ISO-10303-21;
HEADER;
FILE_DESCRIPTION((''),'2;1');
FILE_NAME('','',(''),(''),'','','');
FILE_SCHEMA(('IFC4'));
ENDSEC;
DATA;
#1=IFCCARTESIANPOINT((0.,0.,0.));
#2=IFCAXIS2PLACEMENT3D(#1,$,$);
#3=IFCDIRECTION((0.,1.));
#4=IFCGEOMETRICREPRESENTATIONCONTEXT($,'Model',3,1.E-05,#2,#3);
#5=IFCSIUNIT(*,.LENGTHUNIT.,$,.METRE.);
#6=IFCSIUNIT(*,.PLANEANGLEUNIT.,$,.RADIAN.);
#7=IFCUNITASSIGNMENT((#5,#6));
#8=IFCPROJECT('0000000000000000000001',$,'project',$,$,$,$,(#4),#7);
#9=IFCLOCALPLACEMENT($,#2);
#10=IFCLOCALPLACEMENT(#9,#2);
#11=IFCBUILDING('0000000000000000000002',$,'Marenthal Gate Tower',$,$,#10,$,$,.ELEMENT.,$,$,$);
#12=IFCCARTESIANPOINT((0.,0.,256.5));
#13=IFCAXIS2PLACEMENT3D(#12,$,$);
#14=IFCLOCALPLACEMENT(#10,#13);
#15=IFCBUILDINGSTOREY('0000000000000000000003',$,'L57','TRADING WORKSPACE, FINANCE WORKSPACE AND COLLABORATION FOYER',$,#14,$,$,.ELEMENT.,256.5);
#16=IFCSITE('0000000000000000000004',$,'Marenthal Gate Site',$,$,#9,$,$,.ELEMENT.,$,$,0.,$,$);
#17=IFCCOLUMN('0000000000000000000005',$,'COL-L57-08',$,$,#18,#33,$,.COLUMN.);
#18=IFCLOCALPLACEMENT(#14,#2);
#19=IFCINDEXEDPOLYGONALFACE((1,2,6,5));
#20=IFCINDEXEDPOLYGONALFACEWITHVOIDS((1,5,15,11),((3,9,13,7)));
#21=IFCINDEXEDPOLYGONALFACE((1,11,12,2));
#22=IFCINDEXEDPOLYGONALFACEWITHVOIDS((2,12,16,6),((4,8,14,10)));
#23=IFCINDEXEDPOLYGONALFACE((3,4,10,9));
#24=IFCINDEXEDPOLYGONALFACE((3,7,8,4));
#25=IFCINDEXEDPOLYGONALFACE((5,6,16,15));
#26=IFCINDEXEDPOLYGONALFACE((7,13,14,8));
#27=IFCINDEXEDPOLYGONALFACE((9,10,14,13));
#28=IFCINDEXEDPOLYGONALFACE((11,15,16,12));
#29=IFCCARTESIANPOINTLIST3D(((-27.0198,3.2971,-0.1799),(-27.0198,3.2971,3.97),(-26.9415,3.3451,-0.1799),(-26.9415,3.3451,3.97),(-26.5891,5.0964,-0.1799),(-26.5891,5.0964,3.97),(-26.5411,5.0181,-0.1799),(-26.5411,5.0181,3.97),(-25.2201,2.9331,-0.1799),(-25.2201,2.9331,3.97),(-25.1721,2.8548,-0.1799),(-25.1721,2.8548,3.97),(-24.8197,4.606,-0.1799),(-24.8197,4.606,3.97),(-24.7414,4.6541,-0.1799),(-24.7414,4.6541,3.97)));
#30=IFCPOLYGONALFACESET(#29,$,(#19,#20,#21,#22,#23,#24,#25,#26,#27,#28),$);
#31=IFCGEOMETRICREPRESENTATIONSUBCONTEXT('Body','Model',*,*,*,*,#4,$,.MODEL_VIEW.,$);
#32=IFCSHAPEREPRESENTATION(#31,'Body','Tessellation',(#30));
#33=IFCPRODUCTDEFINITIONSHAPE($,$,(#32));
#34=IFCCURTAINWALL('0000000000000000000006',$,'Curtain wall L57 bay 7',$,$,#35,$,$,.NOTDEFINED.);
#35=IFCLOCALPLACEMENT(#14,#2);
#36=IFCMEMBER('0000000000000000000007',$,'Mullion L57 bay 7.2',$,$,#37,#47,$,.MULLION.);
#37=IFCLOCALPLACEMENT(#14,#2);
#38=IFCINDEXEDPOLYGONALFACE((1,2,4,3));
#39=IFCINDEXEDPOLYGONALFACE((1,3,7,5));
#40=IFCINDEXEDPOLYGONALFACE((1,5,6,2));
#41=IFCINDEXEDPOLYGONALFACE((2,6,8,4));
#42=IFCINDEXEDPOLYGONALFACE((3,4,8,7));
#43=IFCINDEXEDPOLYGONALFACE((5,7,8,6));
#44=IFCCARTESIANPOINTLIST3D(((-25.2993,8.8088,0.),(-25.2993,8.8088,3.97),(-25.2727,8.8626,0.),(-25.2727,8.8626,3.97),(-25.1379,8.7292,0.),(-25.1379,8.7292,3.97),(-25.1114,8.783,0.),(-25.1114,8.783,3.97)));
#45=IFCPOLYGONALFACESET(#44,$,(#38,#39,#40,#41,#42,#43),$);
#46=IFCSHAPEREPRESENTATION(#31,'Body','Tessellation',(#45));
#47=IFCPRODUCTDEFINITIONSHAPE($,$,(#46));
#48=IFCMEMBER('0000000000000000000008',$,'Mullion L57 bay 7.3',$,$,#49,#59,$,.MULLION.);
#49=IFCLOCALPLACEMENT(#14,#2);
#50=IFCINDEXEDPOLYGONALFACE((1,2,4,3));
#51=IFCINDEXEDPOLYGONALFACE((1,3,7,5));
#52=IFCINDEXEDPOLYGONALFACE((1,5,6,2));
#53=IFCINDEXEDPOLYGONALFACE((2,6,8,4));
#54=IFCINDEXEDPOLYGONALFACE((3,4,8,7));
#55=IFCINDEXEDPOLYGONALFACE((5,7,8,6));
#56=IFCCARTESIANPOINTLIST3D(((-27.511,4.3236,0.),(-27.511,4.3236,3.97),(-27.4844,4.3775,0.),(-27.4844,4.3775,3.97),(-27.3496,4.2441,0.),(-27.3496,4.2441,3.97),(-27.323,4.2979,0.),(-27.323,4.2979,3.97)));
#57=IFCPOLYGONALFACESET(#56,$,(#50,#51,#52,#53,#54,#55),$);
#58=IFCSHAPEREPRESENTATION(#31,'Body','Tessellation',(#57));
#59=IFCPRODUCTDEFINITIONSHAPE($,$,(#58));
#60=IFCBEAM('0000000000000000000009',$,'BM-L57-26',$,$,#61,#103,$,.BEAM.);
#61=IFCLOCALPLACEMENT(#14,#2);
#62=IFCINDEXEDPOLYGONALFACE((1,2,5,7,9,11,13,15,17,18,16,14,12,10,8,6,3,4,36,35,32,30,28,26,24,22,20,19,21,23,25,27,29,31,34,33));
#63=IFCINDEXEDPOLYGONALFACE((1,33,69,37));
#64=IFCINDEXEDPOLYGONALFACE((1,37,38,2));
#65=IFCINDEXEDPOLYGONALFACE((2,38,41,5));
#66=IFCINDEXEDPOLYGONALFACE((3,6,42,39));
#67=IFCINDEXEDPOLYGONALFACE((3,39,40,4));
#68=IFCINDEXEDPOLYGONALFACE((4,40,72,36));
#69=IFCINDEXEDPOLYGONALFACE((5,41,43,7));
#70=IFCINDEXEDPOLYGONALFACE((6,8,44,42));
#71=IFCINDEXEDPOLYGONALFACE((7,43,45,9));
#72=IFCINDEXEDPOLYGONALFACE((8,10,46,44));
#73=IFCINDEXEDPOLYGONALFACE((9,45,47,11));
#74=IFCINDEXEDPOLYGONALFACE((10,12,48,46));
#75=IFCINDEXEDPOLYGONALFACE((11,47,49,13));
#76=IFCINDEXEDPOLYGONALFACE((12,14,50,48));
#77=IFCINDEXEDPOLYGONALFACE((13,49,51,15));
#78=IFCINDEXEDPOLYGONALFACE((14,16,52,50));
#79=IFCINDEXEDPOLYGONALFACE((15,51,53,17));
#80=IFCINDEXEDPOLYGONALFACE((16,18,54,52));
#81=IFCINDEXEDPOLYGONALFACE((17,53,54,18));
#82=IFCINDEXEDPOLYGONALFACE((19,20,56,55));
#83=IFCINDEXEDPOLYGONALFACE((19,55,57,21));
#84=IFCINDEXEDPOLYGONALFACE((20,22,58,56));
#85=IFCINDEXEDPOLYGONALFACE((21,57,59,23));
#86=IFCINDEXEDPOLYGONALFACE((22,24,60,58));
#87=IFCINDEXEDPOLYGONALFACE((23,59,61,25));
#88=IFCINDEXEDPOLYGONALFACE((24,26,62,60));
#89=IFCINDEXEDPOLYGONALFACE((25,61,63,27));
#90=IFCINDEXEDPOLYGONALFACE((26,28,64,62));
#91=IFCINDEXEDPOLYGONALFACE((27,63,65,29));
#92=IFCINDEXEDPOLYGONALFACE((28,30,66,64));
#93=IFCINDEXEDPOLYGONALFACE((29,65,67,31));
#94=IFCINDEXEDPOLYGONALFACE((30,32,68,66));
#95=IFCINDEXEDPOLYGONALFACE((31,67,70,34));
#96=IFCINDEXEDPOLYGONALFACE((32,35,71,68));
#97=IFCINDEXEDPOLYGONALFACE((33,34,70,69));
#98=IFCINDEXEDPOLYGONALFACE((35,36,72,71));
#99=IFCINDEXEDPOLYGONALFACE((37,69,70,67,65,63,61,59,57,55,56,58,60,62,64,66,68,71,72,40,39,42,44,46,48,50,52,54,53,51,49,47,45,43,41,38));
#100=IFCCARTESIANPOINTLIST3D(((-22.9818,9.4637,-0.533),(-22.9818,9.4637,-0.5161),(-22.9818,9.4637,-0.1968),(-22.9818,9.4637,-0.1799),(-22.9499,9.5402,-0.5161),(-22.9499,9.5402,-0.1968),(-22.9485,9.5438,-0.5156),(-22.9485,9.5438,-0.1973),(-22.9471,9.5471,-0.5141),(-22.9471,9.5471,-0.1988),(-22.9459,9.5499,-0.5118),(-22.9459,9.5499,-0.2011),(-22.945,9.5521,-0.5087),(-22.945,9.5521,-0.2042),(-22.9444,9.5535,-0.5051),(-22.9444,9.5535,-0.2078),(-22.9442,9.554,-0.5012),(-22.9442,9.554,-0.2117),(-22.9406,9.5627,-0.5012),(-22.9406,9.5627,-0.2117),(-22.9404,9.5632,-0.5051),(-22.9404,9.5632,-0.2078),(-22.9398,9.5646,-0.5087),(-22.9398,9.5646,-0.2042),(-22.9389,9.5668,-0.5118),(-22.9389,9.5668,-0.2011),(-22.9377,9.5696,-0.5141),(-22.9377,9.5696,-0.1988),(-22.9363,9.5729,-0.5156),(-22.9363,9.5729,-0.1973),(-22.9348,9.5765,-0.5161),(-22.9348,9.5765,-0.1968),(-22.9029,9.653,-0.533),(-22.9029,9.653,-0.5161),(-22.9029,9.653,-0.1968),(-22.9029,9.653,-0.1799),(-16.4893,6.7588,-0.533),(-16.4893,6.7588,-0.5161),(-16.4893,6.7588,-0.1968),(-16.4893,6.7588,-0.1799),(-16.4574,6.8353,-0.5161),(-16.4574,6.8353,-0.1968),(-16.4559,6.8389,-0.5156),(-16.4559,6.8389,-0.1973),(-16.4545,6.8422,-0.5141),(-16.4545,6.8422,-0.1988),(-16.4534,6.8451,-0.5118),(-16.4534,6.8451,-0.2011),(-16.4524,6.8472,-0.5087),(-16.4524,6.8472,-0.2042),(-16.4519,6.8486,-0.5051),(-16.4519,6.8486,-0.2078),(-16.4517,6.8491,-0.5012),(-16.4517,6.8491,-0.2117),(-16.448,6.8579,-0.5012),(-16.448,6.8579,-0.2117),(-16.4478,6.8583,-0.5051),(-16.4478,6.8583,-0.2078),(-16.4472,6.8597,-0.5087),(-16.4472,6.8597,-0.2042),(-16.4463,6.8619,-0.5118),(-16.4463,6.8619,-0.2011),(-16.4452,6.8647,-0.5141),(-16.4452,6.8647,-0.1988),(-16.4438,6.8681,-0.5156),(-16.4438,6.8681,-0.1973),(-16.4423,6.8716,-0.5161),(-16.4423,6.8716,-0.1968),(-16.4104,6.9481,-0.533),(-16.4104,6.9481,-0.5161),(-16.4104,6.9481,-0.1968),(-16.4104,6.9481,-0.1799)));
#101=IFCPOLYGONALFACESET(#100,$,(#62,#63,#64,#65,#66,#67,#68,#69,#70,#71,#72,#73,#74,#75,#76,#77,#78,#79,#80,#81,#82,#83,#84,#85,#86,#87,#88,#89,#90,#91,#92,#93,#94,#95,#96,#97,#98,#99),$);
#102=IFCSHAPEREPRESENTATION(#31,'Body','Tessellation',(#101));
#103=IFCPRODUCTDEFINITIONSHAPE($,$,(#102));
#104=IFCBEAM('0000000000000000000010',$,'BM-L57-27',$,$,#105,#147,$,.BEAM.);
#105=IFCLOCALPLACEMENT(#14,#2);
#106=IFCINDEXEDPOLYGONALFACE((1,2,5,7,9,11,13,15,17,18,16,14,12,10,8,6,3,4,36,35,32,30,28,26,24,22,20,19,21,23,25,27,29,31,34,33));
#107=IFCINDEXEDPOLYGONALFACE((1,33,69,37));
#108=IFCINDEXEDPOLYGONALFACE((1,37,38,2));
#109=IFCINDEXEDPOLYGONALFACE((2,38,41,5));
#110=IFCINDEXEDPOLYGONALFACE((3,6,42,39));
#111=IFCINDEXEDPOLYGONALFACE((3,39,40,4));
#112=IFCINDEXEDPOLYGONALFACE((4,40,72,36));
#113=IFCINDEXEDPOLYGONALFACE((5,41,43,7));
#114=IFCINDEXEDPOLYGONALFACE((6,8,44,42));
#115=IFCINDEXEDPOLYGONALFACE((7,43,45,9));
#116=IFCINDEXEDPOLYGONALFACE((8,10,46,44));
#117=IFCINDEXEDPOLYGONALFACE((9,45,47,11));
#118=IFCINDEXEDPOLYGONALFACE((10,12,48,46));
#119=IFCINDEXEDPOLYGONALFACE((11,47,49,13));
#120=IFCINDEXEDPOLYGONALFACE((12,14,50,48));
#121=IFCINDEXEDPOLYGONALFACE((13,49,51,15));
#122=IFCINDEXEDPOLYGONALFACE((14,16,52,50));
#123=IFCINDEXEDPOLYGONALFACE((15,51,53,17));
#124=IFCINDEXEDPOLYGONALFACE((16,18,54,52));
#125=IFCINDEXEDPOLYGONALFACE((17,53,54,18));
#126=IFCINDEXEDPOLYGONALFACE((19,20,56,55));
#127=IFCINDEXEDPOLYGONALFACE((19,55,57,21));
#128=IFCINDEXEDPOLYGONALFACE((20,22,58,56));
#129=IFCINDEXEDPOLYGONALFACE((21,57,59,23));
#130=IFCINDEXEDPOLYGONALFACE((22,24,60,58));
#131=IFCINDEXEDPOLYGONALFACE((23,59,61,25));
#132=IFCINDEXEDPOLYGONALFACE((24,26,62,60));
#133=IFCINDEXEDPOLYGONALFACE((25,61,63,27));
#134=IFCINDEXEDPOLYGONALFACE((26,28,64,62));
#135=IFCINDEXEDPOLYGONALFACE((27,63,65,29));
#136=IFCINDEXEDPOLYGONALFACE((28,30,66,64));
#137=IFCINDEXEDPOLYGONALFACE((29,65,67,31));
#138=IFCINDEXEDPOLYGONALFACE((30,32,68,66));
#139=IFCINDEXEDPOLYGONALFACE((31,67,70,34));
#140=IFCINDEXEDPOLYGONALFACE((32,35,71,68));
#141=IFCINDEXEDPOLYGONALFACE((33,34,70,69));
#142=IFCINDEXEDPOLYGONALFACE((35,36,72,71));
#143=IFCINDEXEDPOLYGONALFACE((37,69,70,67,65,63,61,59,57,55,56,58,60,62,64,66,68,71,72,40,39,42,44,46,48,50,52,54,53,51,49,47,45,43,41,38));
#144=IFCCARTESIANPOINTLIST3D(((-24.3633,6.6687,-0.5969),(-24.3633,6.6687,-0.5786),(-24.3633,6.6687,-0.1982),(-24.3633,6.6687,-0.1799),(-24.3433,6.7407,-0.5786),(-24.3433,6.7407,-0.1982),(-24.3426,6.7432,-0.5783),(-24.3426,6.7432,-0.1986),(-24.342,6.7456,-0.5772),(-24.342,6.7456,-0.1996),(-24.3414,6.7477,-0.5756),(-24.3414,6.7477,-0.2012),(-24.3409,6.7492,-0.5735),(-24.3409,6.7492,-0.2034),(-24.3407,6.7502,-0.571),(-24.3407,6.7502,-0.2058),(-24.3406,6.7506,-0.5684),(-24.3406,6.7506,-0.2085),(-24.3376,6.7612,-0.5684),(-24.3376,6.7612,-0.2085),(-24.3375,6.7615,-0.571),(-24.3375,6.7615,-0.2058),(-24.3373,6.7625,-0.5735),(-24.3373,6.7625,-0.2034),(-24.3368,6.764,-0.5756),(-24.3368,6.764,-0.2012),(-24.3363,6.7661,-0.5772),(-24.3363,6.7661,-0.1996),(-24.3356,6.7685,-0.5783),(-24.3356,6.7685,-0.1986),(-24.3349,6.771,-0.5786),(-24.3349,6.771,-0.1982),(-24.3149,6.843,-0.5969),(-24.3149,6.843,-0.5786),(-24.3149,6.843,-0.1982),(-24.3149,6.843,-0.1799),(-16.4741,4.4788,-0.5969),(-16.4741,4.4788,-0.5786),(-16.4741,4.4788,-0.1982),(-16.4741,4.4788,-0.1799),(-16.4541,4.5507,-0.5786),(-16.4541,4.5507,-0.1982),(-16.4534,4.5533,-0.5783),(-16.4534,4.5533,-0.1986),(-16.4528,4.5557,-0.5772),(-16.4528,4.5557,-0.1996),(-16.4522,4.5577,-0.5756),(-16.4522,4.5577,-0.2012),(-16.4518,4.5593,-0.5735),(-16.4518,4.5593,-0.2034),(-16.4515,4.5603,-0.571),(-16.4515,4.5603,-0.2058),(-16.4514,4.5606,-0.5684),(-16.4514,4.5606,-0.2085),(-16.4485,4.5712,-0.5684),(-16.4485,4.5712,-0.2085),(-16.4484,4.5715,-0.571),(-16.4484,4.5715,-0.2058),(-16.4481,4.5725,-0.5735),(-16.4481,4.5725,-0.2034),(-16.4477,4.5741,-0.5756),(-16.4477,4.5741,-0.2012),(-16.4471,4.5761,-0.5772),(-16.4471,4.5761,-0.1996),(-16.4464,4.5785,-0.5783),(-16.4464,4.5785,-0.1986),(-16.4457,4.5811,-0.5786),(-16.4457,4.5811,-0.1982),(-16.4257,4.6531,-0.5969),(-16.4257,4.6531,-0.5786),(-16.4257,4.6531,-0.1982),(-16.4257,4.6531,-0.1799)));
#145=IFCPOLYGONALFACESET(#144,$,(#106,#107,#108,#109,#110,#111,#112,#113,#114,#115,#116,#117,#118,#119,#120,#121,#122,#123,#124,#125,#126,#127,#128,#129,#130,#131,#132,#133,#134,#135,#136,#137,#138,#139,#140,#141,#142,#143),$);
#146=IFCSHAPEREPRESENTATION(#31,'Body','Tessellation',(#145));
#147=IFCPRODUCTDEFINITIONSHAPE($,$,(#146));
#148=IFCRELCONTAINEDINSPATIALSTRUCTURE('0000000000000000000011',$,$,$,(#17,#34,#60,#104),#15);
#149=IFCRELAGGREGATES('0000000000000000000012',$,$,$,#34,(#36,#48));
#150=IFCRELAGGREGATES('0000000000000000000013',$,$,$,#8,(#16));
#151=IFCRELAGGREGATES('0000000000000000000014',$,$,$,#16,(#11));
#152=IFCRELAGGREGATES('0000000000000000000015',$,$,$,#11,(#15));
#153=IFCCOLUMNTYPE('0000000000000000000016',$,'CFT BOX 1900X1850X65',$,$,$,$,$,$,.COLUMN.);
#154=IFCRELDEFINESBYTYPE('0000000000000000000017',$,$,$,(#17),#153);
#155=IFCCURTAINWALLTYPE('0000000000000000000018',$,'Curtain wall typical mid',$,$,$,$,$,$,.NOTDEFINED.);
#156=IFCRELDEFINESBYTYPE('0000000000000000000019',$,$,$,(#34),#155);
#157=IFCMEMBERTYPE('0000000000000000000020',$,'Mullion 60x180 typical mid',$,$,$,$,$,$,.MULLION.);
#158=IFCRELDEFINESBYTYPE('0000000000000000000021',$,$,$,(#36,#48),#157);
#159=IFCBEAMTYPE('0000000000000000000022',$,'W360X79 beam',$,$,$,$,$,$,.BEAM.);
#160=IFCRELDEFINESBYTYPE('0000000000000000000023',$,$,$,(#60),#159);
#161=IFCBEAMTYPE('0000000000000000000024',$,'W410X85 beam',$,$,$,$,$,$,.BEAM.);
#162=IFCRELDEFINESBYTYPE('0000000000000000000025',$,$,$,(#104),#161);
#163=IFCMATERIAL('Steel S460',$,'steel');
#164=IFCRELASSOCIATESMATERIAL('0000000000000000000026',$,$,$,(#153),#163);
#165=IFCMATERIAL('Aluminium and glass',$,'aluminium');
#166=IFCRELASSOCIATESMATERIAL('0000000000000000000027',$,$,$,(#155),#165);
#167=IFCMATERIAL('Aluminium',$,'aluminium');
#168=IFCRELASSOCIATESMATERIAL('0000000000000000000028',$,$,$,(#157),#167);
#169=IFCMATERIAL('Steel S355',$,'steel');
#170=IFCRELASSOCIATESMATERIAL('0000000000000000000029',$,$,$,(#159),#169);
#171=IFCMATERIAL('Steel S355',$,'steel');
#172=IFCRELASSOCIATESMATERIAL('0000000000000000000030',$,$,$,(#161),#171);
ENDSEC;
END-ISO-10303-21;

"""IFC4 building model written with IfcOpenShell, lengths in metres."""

from ifc_helpers import new_model, si_unit, direction, frame, origin, origin_2d, place, context, subcontext, project, spatial, rectangle, hollow_rectangle, i_section, extrude, material, material_profile, profile_set, type_object, element, aggregate, save


model = new_model("IFC4")

# Units and contexts
model_context = context("Model", 3, precision=1e-05, world=origin(), true_north=direction((0.0, 1.0)))
body_context = subcontext(model_context, "Body", "Model", "MODEL_VIEW")
ifc_project = project(units=[si_unit("LENGTHUNIT", "METRE"), si_unit("PLANEANGLEUNIT", "RADIAN")], contexts=[model_context])

# Site, building, storey
site_placement = place(None, origin())
site = spatial("IfcSite", under=ifc_project, at=site_placement, Name="Marenthal Gate Site", CompositionType="ELEMENT", RefElevation=0.0)
building_placement = place(site_placement, origin())
building = spatial("IfcBuilding", under=site, at=building_placement, Name="Marenthal Gate Tower", CompositionType="ELEMENT")
storey_placement = place(building_placement, frame((0.0, 0.0, 256.5)))
storey = spatial("IfcBuildingStorey", under=building, at=storey_placement, Name="L57", Description="TRADING WORKSPACE, FINANCE WORKSPACE AND COLLABORATION FOYER", CompositionType="ELEMENT", Elevation=256.5)

# Column
ifc_material_1 = material(Name="Steel S460", Category="steel")
ifc_material_profile_1 = material_profile(ifc_material_1, hollow_rectangle(XDim=1.8501, YDim=1.8999, WallThickness=0.0649, at=origin_2d()), Name="CFT BOX 1900X1850X65")
ifc_material_2 = material(Name="Concrete 70 MPa", Category="concrete")
ifc_material_profile_2 = material_profile(ifc_material_2, rectangle(XDim=1.72, YDim=1.77, at=origin_2d()), Name="CFT BOX 1900X1850X65 INFILL")
ifc_profile_set_1 = profile_set([ifc_material_profile_1, ifc_material_profile_2], Name="Steel S460 shell, Concrete 70 MPa infill")
column_type = type_object("IfcColumnType", Name="CFT BOX 1900X1850X65", PredefinedType="COLUMN", material=ifc_profile_set_1)
column_placement = place(storey_placement, frame((-25.8806, 3.9756, -0.1799), z_axis=(0.0, 0.0, 1.0), x_axis=(0.232783, 0.972529, 0.0)))
element("IfcColumn", 1, at=column_placement, inside=storey, type_object=column_type, Name="COL-L57-08", PredefinedType="COLUMN", context=body_context, shape_type="SweptSolid", body=[
    extrude(hollow_rectangle(XDim=1.8501, YDim=1.8999, WallThickness=0.0649, at=origin_2d()), origin(), (0.0, 0.0, 1.0), 4.1499),
])

# Curtain wall, members
ifc_material_3 = material(Name="Aluminium and glass", Category="aluminium")
curtain_wall_type = type_object("IfcCurtainWallType", Name="Curtain wall typical mid", PredefinedType="NOTDEFINED", material=ifc_material_3)
curtain_wall_placement = place(storey_placement, origin())
curtain_wall = element("IfcCurtainWall", 2, at=curtain_wall_placement, inside=storey, type_object=curtain_wall_type, Name="Curtain wall L57 bay 7", PredefinedType="NOTDEFINED")
ifc_material_4 = material(Name="Aluminium", Category="aluminium")
ifc_material_profile_3 = material_profile(ifc_material_4, rectangle(XDim=0.1799, YDim=0.0601, at=origin_2d()), Name="60x180 aluminium mullion")
ifc_profile_set_2 = profile_set([ifc_material_profile_3], Name="Aluminium")
member_type = type_object("IfcMemberType", Name="Mullion 60x180 typical mid", PredefinedType="MULLION", material=ifc_profile_set_2)
member_1_placement = place(storey_placement, frame((-25.2053, 8.7959, 0.0), z_axis=(0.0, 0.0, 1.0), x_axis=(0.896882, -0.442269, 0.0)))
member_1 = element("IfcMember", 3, at=member_1_placement, type_object=member_type, Name="Mullion L57 bay 7.2", PredefinedType="MULLION", context=body_context, shape_type="SweptSolid", body=[
    extrude(rectangle(XDim=0.1799, YDim=0.0601, at=origin_2d()), origin(), (0.0, 0.0, 1.0), 3.97),
])
member_2_placement = place(storey_placement, frame((-27.417, 4.3108, 0.0), z_axis=(0.0, 0.0, 1.0), x_axis=(0.896882, -0.442269, 0.0)))
member_2 = element("IfcMember", 4, at=member_2_placement, type_object=member_type, Name="Mullion L57 bay 7.3", PredefinedType="MULLION", context=body_context, shape_type="SweptSolid", body=[
    extrude(rectangle(XDim=0.1799, YDim=0.0601, at=origin_2d()), origin(), (0.0, 0.0, 1.0), 3.97),
])

# Beams
ifc_material_5 = material(Name="Steel S355", Category="steel")
ifc_material_profile_4 = material_profile(ifc_material_5, i_section(OverallWidth=0.2051, OverallDepth=0.353, WebThickness=0.0095, FlangeThickness=0.0168, FilletRadius=0.0149, at=origin_2d()), Name="W360X79")
ifc_profile_set_3 = profile_set([ifc_material_profile_4], Name="Steel S355")
beam_type_1 = type_object("IfcBeamType", Name="W360X79 beam", PredefinedType="BEAM", material=ifc_profile_set_3)
beam_1_placement = place(storey_placement, frame((-22.9424, 9.5583, -0.3564), z_axis=(0.923094, -0.384573, 0.0), x_axis=(0.384573, 0.923094, 0.0)))
element("IfcBeam", 5, at=beam_1_placement, inside=storey, type_object=beam_type_1, Name="BM-L57-26", PredefinedType="BEAM", context=body_context, shape_type="SweptSolid", body=[
    extrude(i_section(OverallWidth=0.2051, OverallDepth=0.353, WebThickness=0.0095, FlangeThickness=0.0168, FilletRadius=0.0149, at=origin_2d()), origin(), (0.0, 0.0, 1.0), 7.0334),
])
ifc_material_6 = material(Name="Steel S355", Category="steel")
ifc_material_profile_5 = material_profile(ifc_material_6, i_section(OverallWidth=0.1809, OverallDepth=0.417, WebThickness=0.011, FlangeThickness=0.0183, FilletRadius=0.0103, at=origin_2d()), Name="W410X85")
ifc_profile_set_4 = profile_set([ifc_material_profile_5], Name="Steel S355")
beam_type_2 = type_object("IfcBeamType", Name="W410X85 beam", PredefinedType="BEAM", material=ifc_profile_set_4)
beam_2_placement = place(storey_placement, frame((-24.3391, 6.7559, -0.3884), z_axis=(0.963565, -0.267475, 0.0), x_axis=(0.267475, 0.963565, 0.0)))
element("IfcBeam", 6, at=beam_2_placement, inside=storey, type_object=beam_type_2, Name="BM-L57-27", PredefinedType="BEAM", context=body_context, shape_type="SweptSolid", body=[
    extrude(i_section(OverallWidth=0.1809, OverallDepth=0.417, WebThickness=0.011, FlangeThickness=0.0183, FilletRadius=0.0103, at=origin_2d()), origin(), (0.0, 0.0, 1.0), 8.1875),
])

aggregate(curtain_wall, [member_1, member_2])

save(model, "model.ifc")
